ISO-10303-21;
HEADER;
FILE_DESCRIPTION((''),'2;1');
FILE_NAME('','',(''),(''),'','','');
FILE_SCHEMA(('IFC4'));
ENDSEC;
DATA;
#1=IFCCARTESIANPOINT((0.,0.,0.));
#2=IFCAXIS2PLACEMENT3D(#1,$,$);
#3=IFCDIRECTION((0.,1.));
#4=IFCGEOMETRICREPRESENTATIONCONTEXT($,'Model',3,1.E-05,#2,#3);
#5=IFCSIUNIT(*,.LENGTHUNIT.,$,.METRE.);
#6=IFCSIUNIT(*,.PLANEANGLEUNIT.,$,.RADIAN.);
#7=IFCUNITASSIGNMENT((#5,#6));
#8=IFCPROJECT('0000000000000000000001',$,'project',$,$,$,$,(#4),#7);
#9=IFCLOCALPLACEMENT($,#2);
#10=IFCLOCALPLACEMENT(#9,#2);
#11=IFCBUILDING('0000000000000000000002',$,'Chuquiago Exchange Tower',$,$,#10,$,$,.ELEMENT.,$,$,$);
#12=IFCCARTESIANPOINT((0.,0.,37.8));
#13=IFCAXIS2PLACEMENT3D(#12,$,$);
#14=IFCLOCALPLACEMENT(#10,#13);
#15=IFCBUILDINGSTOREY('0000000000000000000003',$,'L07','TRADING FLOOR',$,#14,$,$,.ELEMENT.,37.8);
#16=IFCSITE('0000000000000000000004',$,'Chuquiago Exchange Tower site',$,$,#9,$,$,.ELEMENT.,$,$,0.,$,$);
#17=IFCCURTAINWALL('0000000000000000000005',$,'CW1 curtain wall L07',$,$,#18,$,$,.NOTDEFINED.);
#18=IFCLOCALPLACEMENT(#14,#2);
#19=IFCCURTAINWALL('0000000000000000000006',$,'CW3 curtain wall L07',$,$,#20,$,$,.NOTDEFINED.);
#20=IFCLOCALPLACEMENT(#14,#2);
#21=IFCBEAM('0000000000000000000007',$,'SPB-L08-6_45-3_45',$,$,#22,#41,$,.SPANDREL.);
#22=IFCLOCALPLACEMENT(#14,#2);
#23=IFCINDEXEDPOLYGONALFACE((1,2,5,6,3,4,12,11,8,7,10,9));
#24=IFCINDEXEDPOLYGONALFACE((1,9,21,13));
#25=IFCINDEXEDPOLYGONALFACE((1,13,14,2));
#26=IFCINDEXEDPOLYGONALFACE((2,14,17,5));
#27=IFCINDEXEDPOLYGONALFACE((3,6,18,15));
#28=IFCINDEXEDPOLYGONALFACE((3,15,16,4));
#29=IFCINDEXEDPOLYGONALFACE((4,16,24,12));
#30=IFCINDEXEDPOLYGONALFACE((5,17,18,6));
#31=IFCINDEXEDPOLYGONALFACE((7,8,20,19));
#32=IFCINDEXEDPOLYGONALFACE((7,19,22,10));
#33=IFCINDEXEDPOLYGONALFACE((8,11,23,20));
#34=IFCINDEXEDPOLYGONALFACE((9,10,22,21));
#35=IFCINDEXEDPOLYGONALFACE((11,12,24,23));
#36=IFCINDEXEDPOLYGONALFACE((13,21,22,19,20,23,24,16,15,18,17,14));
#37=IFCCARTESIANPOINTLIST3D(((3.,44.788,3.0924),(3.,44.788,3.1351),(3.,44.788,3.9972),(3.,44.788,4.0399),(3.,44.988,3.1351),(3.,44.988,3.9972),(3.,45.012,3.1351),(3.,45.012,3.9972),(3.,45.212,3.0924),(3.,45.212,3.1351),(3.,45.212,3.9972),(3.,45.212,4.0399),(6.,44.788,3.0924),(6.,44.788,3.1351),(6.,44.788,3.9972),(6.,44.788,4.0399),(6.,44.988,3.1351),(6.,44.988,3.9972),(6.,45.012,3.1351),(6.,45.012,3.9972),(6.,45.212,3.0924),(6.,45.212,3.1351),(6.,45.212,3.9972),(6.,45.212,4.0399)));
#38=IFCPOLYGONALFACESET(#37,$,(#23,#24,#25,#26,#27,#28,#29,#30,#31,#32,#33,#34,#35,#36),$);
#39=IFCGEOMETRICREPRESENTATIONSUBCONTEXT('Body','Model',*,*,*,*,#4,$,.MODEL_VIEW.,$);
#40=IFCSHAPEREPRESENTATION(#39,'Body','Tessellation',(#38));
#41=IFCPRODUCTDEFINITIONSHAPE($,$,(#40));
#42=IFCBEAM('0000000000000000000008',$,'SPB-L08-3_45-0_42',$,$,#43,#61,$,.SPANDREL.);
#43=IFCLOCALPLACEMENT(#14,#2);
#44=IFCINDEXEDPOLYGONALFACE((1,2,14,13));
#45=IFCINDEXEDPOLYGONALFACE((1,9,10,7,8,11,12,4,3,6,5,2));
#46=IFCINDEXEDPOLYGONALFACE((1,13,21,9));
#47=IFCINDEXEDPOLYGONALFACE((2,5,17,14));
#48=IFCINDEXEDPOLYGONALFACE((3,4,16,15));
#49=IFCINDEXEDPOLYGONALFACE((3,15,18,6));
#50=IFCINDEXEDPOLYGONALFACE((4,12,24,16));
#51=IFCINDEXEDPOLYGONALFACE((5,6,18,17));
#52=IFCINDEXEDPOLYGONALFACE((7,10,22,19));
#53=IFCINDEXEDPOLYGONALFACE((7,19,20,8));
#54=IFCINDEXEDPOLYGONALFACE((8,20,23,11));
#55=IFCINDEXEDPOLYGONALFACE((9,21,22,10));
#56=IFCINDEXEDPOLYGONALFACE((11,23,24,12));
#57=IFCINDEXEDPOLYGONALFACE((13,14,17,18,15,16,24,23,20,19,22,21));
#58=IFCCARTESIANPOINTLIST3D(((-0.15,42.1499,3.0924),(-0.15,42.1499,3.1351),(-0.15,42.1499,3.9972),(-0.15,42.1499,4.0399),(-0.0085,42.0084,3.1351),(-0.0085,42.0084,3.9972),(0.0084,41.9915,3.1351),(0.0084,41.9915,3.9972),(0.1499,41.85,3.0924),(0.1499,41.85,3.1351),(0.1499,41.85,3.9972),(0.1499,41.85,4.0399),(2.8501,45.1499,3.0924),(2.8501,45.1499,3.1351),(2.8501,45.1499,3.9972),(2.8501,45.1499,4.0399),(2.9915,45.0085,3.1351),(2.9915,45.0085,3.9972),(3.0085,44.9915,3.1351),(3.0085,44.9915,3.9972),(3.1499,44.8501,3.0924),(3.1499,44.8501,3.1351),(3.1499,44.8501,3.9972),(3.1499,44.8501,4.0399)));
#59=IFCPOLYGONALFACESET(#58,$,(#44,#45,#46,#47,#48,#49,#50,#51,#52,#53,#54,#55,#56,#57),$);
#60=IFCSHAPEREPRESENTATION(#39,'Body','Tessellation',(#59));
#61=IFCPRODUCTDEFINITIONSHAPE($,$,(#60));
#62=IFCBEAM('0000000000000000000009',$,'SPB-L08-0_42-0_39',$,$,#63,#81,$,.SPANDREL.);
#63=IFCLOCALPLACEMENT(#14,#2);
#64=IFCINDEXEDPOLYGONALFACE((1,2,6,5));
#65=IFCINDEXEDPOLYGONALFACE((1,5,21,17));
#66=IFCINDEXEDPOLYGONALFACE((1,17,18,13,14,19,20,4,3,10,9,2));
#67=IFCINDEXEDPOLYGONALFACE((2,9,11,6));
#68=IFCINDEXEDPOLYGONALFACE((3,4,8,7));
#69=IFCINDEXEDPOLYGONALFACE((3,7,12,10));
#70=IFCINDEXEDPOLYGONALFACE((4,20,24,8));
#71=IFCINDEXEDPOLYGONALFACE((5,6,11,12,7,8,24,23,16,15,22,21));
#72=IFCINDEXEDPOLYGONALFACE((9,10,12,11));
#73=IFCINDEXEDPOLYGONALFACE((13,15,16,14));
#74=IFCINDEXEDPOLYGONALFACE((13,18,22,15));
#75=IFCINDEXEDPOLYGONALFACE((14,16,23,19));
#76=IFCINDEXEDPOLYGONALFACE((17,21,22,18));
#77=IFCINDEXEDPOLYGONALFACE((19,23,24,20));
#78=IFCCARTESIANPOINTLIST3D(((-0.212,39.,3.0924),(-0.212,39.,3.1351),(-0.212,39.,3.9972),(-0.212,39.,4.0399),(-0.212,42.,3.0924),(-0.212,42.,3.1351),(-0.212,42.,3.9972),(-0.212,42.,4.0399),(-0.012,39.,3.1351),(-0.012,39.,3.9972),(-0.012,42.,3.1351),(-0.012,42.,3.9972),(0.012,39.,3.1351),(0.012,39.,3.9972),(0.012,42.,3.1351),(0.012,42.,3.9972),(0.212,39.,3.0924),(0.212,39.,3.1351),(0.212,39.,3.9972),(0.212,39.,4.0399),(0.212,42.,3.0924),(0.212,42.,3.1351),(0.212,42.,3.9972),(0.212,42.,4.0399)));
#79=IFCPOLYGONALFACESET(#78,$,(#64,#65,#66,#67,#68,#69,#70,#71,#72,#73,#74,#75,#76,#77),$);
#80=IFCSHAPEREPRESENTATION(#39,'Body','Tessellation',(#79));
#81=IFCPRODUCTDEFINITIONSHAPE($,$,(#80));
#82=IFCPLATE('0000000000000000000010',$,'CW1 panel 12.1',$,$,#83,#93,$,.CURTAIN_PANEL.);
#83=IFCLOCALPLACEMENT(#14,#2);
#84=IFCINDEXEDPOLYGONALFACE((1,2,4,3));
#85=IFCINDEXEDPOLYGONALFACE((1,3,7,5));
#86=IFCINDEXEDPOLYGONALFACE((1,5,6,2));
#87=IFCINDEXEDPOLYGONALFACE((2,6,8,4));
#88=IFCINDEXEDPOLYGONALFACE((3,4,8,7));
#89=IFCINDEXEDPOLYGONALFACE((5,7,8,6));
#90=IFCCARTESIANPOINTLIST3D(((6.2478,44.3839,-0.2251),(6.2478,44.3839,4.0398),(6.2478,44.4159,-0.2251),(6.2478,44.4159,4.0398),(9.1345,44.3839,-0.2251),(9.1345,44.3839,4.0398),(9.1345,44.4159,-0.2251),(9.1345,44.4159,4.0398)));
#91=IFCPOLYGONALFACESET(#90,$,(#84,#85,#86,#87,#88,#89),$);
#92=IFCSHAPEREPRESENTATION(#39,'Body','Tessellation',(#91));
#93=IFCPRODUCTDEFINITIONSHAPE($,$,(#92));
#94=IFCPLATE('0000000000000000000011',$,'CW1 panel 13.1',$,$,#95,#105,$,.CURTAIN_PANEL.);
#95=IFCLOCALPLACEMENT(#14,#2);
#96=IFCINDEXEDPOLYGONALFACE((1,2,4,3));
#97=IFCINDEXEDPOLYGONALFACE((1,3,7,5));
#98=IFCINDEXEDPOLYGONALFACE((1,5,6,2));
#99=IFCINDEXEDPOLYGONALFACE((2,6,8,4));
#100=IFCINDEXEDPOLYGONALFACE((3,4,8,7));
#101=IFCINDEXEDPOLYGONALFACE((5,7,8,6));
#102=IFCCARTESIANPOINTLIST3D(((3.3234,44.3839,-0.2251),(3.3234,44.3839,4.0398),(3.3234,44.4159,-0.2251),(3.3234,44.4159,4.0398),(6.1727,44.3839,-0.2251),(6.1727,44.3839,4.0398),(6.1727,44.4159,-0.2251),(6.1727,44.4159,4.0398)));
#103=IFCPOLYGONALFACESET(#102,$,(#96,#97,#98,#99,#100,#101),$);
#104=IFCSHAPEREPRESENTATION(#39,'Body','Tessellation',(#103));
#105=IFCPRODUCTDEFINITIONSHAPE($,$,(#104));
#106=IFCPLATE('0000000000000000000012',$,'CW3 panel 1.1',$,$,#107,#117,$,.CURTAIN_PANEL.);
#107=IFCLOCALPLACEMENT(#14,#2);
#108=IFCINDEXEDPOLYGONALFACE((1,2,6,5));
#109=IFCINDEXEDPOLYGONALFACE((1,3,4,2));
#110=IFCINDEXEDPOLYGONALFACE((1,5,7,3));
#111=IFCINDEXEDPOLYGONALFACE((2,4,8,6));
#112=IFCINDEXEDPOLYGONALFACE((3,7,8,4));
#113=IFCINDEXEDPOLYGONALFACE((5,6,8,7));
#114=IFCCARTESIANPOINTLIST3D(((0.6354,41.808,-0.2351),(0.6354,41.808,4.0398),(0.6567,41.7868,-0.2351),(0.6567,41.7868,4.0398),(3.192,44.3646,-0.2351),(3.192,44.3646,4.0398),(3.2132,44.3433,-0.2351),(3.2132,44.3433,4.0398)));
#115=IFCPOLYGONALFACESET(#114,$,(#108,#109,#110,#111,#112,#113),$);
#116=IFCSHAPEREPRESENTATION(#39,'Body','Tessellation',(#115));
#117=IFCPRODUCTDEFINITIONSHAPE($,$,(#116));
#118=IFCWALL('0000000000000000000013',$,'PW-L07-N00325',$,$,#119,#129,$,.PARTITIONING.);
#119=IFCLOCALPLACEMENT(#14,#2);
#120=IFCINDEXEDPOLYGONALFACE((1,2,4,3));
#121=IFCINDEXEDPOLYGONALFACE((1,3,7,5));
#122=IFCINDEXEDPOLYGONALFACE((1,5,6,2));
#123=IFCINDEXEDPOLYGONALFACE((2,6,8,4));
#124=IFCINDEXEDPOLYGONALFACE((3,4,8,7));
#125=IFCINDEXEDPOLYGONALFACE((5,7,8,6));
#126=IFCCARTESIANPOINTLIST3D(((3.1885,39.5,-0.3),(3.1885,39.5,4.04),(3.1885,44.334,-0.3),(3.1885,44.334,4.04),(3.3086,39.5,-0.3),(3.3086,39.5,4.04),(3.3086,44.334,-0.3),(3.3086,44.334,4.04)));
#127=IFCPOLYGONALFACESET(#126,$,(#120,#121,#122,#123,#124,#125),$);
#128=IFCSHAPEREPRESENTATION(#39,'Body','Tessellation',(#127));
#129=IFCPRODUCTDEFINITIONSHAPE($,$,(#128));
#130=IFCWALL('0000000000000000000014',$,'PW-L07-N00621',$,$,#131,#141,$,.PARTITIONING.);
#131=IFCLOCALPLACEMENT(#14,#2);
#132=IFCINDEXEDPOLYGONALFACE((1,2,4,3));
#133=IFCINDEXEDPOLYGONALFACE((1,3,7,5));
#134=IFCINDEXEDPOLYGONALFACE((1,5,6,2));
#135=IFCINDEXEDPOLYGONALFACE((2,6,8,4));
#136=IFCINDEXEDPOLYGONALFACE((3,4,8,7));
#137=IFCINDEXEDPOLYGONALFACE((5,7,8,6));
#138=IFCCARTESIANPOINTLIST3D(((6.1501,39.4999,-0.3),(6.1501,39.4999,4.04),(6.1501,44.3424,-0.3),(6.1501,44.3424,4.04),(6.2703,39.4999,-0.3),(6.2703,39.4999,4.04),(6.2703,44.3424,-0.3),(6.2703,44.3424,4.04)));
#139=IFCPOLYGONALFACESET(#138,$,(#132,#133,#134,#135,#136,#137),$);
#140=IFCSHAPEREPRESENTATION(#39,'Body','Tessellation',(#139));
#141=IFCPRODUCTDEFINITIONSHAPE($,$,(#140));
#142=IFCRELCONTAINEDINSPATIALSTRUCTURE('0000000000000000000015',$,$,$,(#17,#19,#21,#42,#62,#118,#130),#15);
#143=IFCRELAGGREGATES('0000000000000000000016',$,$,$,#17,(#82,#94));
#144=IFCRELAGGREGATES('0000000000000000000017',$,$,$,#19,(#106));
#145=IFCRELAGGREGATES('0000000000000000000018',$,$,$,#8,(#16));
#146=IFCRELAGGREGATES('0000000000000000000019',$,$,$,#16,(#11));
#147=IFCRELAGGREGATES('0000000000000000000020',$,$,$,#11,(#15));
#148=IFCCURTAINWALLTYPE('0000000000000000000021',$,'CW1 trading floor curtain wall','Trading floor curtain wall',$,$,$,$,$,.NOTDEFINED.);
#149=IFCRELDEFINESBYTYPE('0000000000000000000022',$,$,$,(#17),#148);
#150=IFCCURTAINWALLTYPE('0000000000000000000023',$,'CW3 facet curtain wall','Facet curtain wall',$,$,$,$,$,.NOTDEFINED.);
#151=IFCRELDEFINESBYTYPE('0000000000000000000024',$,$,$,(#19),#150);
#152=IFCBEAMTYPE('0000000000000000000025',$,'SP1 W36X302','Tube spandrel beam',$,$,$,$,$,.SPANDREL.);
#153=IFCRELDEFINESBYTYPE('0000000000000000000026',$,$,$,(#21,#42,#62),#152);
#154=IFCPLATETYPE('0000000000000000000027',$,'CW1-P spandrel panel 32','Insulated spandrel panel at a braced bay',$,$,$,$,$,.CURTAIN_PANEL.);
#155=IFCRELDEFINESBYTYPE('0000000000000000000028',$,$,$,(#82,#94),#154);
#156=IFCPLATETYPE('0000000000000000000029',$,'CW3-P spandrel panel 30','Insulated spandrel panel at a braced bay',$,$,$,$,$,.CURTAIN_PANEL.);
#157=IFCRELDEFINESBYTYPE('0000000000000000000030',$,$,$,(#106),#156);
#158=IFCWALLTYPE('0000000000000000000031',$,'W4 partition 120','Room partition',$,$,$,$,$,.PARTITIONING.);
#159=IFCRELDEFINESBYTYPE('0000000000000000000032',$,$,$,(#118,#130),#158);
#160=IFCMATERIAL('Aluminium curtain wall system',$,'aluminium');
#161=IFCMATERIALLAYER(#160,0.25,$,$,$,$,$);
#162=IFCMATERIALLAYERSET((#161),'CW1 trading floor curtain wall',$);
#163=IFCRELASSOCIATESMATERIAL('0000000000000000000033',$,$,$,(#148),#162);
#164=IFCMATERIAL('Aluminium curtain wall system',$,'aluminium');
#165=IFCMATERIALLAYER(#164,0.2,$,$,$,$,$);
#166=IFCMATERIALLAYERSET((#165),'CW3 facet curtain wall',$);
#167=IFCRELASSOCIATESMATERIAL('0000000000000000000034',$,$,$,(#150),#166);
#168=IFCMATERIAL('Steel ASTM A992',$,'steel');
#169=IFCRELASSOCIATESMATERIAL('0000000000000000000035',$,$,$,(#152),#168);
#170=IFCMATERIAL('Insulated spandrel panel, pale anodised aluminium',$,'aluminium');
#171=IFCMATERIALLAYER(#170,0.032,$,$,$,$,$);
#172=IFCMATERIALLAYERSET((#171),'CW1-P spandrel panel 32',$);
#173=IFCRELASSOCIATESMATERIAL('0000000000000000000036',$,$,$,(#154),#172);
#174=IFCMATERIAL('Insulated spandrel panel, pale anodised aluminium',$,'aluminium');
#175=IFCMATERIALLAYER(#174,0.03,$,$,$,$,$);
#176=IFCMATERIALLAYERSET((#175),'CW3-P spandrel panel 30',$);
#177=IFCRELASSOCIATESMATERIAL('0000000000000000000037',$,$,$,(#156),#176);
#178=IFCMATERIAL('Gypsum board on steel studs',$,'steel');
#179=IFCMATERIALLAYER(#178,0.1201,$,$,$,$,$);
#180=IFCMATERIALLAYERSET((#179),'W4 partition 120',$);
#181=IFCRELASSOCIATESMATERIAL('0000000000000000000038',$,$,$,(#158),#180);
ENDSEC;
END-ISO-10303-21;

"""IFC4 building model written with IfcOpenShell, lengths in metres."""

from ifc_helpers import new_model, si_unit, direction, frame, frame_2d, origin, origin_2d, place, context, subcontext, project, spatial, rectangle, i_section, extrude, material, layer, layer_set, material_profile, profile_set, type_object, element, aggregate, save


model = new_model("IFC4")

# Units and contexts
model_context = context("Model", 3, precision=1e-05, world=origin(), true_north=direction((0.0, 1.0)))
body_context = subcontext(model_context, "Body", "Model", "MODEL_VIEW")
ifc_project = project(units=[si_unit("LENGTHUNIT", "METRE"), si_unit("PLANEANGLEUNIT", "RADIAN")], contexts=[model_context])

# Site, building, storey
site_placement = place(None, origin())
site = spatial("IfcSite", under=ifc_project, at=site_placement, Name="Chuquiago Exchange Tower site", CompositionType="ELEMENT", RefElevation=0.0)
building_placement = place(site_placement, origin())
building = spatial("IfcBuilding", under=site, at=building_placement, Name="Chuquiago Exchange Tower", CompositionType="ELEMENT")
storey_placement = place(building_placement, frame((0.0, 0.0, 37.8)))
storey = spatial("IfcBuildingStorey", under=building, at=storey_placement, Name="L07", Description="TRADING FLOOR", CompositionType="ELEMENT", Elevation=37.8)

# Curtain walls
ifc_material_1 = material(Name="Aluminium curtain wall system", Category="aluminium")
ifc_layer_1 = layer(ifc_material_1, 0.25)
ifc_layer_set_1 = layer_set([ifc_layer_1], Name="CW1 trading floor curtain wall")
curtain_wall_type_1 = type_object("IfcCurtainWallType", Name="CW1 trading floor curtain wall", Description="Trading floor curtain wall", PredefinedType="NOTDEFINED", material=ifc_layer_set_1)
curtain_wall_1_placement = place(storey_placement, origin())
curtain_wall_1 = element("IfcCurtainWall", 1, at=curtain_wall_1_placement, inside=storey, type_object=curtain_wall_type_1, Name="CW1 curtain wall L07", PredefinedType="NOTDEFINED")
ifc_material_2 = material(Name="Aluminium curtain wall system", Category="aluminium")
ifc_layer_2 = layer(ifc_material_2, 0.2)
ifc_layer_set_2 = layer_set([ifc_layer_2], Name="CW3 facet curtain wall")
curtain_wall_type_2 = type_object("IfcCurtainWallType", Name="CW3 facet curtain wall", Description="Facet curtain wall", PredefinedType="NOTDEFINED", material=ifc_layer_set_2)
curtain_wall_2_placement = place(storey_placement, origin())
curtain_wall_2 = element("IfcCurtainWall", 2, at=curtain_wall_2_placement, inside=storey, type_object=curtain_wall_type_2, Name="CW3 curtain wall L07", PredefinedType="NOTDEFINED")

# Beams
ifc_material_3 = material(Name="Steel ASTM A992", Category="steel")
ifc_material_profile_1 = material_profile(ifc_material_3, i_section(OverallWidth=0.4241, OverallDepth=0.9475, WebThickness=0.0239, FlangeThickness=0.0427, at=origin_2d()), Name="W36X302")
ifc_profile_set_1 = profile_set([ifc_material_profile_1], Name="Steel ASTM A992")
beam_type = type_object("IfcBeamType", Name="SP1 W36X302", Description="Tube spandrel beam", PredefinedType="SPANDREL", material=ifc_profile_set_1)
beam_1_placement = place(storey_placement, frame((6.0, 45.0, 3.5662), z_axis=(-1.0, 0.0, 0.0), x_axis=(0.0, -1.0, 0.0)))
element("IfcBeam", 3, at=beam_1_placement, inside=storey, type_object=beam_type, Name="SPB-L08-6_45-3_45", PredefinedType="SPANDREL", context=body_context, shape_type="SweptSolid", body=[
    extrude(i_section(OverallWidth=0.4241, OverallDepth=0.9475, WebThickness=0.0239, FlangeThickness=0.0427, at=origin_2d()), origin(), (0.0, 0.0, 1.0), 3.0),
])
beam_2_placement = place(storey_placement, frame((3.0, 45.0, 3.5662), z_axis=(-0.707107, -0.707107, 0.0), x_axis=(0.707107, -0.707107, 0.0)))
element("IfcBeam", 4, at=beam_2_placement, inside=storey, type_object=beam_type, Name="SPB-L08-3_45-0_42", PredefinedType="SPANDREL", context=body_context, shape_type="SweptSolid", body=[
    extrude(i_section(OverallWidth=0.4241, OverallDepth=0.9475, WebThickness=0.0239, FlangeThickness=0.0427, at=origin_2d()), origin(), (0.0, 0.0, 1.0), 4.2427),
])
beam_3_placement = place(storey_placement, frame((0.0, 42.0, 3.5662), z_axis=(0.0, -1.0, 0.0), x_axis=(1.0, 0.0, 0.0)))
element("IfcBeam", 5, at=beam_3_placement, inside=storey, type_object=beam_type, Name="SPB-L08-0_42-0_39", PredefinedType="SPANDREL", context=body_context, shape_type="SweptSolid", body=[
    extrude(i_section(OverallWidth=0.4241, OverallDepth=0.9475, WebThickness=0.0239, FlangeThickness=0.0427, at=origin_2d()), origin(), (0.0, 0.0, 1.0), 3.0),
])

# Plates
ifc_material_4 = material(Name="Insulated spandrel panel, pale anodised aluminium", Category="aluminium")
ifc_layer_3 = layer(ifc_material_4, 0.032)
ifc_layer_set_3 = layer_set([ifc_layer_3], Name="CW1-P spandrel panel 32")
plate_type_1 = type_object("IfcPlateType", Name="CW1-P spandrel panel 32", Description="Insulated spandrel panel at a braced bay", PredefinedType="CURTAIN_PANEL", material=ifc_layer_set_3)
plate_1_placement = place(storey_placement, frame((7.6912, 44.3999, -0.2251), z_axis=(0.0, 0.0, 1.0), x_axis=(-1.0, 0.0, 0.0)))
plate_1 = element("IfcPlate", 6, at=plate_1_placement, type_object=plate_type_1, Name="CW1 panel 12.1", PredefinedType="CURTAIN_PANEL", context=body_context, shape_type="SweptSolid", body=[
    extrude(rectangle(XDim=2.8867, YDim=0.032, at=origin_2d()), origin(), (0.0, 0.0, 1.0), 4.2649),
])
plate_2_placement = place(storey_placement, frame((4.748, 44.3999, -0.2251), z_axis=(0.0, 0.0, 1.0), x_axis=(-1.0, 0.0, 0.0)))
plate_2 = element("IfcPlate", 7, at=plate_2_placement, type_object=plate_type_1, Name="CW1 panel 13.1", PredefinedType="CURTAIN_PANEL", context=body_context, shape_type="SweptSolid", body=[
    extrude(rectangle(XDim=2.8494, YDim=0.032, at=origin_2d()), origin(), (0.0, 0.0, 1.0), 4.2649),
])
aggregate(curtain_wall_1, [plate_1, plate_2])
ifc_material_5 = material(Name="Insulated spandrel panel, pale anodised aluminium", Category="aluminium")
ifc_layer_4 = layer(ifc_material_5, 0.03)
ifc_layer_set_4 = layer_set([ifc_layer_4], Name="CW3-P spandrel panel 30")
plate_type_2 = type_object("IfcPlateType", Name="CW3-P spandrel panel 30", Description="Insulated spandrel panel at a braced bay", PredefinedType="CURTAIN_PANEL", material=ifc_layer_set_4)
plate_3_placement = place(storey_placement, frame((1.9243, 43.0757, -0.2351), z_axis=(0.0, 0.0, 1.0), x_axis=(-0.707107, -0.707107, 0.0)))
plate_3 = element("IfcPlate", 8, at=plate_3_placement, type_object=plate_type_2, Name="CW3 panel 1.1", PredefinedType="CURTAIN_PANEL", context=body_context, shape_type="SweptSolid", body=[
    extrude(rectangle(XDim=3.6155, YDim=0.03, at=origin_2d()), origin(), (0.0, 0.0, 1.0), 4.2749),
])
aggregate(curtain_wall_2, [plate_3])

# Walls
ifc_material_6 = material(Name="Gypsum board on steel studs", Category="steel")
ifc_layer_5 = layer(ifc_material_6, 0.1201)
ifc_layer_set_5 = layer_set([ifc_layer_5], Name="W4 partition 120")
wall_type = type_object("IfcWallType", Name="W4 partition 120", Description="Room partition", PredefinedType="PARTITIONING", material=ifc_layer_set_5)
wall_1_placement = place(storey_placement, frame((3.2485, 44.334, -0.3), z_axis=(0.0, 0.0, 1.0), x_axis=(0.0, -1.0, 0.0)))
element("IfcWall", 9, at=wall_1_placement, inside=storey, type_object=wall_type, Name="PW-L07-N00325", PredefinedType="PARTITIONING", context=body_context, shape_type="SweptSolid", body=[
    extrude(rectangle(XDim=4.834, YDim=0.1201, at=frame_2d((2.417, 0.0))), origin(), (0.0, 0.0, 1.0), 4.3401),
])
wall_2_placement = place(storey_placement, frame((6.2102, 44.3425, -0.3), z_axis=(0.0, 0.0, 1.0), x_axis=(0.0, -1.0, 0.0)))
element("IfcWall", 10, at=wall_2_placement, inside=storey, type_object=wall_type, Name="PW-L07-N00621", PredefinedType="PARTITIONING", context=body_context, shape_type="SweptSolid", body=[
    extrude(rectangle(XDim=4.8425, YDim=0.1201, at=frame_2d((2.4214, 0.0))), origin(), (0.0, 0.0, 1.0), 4.3401),
])

save(model, "model.ifc")
